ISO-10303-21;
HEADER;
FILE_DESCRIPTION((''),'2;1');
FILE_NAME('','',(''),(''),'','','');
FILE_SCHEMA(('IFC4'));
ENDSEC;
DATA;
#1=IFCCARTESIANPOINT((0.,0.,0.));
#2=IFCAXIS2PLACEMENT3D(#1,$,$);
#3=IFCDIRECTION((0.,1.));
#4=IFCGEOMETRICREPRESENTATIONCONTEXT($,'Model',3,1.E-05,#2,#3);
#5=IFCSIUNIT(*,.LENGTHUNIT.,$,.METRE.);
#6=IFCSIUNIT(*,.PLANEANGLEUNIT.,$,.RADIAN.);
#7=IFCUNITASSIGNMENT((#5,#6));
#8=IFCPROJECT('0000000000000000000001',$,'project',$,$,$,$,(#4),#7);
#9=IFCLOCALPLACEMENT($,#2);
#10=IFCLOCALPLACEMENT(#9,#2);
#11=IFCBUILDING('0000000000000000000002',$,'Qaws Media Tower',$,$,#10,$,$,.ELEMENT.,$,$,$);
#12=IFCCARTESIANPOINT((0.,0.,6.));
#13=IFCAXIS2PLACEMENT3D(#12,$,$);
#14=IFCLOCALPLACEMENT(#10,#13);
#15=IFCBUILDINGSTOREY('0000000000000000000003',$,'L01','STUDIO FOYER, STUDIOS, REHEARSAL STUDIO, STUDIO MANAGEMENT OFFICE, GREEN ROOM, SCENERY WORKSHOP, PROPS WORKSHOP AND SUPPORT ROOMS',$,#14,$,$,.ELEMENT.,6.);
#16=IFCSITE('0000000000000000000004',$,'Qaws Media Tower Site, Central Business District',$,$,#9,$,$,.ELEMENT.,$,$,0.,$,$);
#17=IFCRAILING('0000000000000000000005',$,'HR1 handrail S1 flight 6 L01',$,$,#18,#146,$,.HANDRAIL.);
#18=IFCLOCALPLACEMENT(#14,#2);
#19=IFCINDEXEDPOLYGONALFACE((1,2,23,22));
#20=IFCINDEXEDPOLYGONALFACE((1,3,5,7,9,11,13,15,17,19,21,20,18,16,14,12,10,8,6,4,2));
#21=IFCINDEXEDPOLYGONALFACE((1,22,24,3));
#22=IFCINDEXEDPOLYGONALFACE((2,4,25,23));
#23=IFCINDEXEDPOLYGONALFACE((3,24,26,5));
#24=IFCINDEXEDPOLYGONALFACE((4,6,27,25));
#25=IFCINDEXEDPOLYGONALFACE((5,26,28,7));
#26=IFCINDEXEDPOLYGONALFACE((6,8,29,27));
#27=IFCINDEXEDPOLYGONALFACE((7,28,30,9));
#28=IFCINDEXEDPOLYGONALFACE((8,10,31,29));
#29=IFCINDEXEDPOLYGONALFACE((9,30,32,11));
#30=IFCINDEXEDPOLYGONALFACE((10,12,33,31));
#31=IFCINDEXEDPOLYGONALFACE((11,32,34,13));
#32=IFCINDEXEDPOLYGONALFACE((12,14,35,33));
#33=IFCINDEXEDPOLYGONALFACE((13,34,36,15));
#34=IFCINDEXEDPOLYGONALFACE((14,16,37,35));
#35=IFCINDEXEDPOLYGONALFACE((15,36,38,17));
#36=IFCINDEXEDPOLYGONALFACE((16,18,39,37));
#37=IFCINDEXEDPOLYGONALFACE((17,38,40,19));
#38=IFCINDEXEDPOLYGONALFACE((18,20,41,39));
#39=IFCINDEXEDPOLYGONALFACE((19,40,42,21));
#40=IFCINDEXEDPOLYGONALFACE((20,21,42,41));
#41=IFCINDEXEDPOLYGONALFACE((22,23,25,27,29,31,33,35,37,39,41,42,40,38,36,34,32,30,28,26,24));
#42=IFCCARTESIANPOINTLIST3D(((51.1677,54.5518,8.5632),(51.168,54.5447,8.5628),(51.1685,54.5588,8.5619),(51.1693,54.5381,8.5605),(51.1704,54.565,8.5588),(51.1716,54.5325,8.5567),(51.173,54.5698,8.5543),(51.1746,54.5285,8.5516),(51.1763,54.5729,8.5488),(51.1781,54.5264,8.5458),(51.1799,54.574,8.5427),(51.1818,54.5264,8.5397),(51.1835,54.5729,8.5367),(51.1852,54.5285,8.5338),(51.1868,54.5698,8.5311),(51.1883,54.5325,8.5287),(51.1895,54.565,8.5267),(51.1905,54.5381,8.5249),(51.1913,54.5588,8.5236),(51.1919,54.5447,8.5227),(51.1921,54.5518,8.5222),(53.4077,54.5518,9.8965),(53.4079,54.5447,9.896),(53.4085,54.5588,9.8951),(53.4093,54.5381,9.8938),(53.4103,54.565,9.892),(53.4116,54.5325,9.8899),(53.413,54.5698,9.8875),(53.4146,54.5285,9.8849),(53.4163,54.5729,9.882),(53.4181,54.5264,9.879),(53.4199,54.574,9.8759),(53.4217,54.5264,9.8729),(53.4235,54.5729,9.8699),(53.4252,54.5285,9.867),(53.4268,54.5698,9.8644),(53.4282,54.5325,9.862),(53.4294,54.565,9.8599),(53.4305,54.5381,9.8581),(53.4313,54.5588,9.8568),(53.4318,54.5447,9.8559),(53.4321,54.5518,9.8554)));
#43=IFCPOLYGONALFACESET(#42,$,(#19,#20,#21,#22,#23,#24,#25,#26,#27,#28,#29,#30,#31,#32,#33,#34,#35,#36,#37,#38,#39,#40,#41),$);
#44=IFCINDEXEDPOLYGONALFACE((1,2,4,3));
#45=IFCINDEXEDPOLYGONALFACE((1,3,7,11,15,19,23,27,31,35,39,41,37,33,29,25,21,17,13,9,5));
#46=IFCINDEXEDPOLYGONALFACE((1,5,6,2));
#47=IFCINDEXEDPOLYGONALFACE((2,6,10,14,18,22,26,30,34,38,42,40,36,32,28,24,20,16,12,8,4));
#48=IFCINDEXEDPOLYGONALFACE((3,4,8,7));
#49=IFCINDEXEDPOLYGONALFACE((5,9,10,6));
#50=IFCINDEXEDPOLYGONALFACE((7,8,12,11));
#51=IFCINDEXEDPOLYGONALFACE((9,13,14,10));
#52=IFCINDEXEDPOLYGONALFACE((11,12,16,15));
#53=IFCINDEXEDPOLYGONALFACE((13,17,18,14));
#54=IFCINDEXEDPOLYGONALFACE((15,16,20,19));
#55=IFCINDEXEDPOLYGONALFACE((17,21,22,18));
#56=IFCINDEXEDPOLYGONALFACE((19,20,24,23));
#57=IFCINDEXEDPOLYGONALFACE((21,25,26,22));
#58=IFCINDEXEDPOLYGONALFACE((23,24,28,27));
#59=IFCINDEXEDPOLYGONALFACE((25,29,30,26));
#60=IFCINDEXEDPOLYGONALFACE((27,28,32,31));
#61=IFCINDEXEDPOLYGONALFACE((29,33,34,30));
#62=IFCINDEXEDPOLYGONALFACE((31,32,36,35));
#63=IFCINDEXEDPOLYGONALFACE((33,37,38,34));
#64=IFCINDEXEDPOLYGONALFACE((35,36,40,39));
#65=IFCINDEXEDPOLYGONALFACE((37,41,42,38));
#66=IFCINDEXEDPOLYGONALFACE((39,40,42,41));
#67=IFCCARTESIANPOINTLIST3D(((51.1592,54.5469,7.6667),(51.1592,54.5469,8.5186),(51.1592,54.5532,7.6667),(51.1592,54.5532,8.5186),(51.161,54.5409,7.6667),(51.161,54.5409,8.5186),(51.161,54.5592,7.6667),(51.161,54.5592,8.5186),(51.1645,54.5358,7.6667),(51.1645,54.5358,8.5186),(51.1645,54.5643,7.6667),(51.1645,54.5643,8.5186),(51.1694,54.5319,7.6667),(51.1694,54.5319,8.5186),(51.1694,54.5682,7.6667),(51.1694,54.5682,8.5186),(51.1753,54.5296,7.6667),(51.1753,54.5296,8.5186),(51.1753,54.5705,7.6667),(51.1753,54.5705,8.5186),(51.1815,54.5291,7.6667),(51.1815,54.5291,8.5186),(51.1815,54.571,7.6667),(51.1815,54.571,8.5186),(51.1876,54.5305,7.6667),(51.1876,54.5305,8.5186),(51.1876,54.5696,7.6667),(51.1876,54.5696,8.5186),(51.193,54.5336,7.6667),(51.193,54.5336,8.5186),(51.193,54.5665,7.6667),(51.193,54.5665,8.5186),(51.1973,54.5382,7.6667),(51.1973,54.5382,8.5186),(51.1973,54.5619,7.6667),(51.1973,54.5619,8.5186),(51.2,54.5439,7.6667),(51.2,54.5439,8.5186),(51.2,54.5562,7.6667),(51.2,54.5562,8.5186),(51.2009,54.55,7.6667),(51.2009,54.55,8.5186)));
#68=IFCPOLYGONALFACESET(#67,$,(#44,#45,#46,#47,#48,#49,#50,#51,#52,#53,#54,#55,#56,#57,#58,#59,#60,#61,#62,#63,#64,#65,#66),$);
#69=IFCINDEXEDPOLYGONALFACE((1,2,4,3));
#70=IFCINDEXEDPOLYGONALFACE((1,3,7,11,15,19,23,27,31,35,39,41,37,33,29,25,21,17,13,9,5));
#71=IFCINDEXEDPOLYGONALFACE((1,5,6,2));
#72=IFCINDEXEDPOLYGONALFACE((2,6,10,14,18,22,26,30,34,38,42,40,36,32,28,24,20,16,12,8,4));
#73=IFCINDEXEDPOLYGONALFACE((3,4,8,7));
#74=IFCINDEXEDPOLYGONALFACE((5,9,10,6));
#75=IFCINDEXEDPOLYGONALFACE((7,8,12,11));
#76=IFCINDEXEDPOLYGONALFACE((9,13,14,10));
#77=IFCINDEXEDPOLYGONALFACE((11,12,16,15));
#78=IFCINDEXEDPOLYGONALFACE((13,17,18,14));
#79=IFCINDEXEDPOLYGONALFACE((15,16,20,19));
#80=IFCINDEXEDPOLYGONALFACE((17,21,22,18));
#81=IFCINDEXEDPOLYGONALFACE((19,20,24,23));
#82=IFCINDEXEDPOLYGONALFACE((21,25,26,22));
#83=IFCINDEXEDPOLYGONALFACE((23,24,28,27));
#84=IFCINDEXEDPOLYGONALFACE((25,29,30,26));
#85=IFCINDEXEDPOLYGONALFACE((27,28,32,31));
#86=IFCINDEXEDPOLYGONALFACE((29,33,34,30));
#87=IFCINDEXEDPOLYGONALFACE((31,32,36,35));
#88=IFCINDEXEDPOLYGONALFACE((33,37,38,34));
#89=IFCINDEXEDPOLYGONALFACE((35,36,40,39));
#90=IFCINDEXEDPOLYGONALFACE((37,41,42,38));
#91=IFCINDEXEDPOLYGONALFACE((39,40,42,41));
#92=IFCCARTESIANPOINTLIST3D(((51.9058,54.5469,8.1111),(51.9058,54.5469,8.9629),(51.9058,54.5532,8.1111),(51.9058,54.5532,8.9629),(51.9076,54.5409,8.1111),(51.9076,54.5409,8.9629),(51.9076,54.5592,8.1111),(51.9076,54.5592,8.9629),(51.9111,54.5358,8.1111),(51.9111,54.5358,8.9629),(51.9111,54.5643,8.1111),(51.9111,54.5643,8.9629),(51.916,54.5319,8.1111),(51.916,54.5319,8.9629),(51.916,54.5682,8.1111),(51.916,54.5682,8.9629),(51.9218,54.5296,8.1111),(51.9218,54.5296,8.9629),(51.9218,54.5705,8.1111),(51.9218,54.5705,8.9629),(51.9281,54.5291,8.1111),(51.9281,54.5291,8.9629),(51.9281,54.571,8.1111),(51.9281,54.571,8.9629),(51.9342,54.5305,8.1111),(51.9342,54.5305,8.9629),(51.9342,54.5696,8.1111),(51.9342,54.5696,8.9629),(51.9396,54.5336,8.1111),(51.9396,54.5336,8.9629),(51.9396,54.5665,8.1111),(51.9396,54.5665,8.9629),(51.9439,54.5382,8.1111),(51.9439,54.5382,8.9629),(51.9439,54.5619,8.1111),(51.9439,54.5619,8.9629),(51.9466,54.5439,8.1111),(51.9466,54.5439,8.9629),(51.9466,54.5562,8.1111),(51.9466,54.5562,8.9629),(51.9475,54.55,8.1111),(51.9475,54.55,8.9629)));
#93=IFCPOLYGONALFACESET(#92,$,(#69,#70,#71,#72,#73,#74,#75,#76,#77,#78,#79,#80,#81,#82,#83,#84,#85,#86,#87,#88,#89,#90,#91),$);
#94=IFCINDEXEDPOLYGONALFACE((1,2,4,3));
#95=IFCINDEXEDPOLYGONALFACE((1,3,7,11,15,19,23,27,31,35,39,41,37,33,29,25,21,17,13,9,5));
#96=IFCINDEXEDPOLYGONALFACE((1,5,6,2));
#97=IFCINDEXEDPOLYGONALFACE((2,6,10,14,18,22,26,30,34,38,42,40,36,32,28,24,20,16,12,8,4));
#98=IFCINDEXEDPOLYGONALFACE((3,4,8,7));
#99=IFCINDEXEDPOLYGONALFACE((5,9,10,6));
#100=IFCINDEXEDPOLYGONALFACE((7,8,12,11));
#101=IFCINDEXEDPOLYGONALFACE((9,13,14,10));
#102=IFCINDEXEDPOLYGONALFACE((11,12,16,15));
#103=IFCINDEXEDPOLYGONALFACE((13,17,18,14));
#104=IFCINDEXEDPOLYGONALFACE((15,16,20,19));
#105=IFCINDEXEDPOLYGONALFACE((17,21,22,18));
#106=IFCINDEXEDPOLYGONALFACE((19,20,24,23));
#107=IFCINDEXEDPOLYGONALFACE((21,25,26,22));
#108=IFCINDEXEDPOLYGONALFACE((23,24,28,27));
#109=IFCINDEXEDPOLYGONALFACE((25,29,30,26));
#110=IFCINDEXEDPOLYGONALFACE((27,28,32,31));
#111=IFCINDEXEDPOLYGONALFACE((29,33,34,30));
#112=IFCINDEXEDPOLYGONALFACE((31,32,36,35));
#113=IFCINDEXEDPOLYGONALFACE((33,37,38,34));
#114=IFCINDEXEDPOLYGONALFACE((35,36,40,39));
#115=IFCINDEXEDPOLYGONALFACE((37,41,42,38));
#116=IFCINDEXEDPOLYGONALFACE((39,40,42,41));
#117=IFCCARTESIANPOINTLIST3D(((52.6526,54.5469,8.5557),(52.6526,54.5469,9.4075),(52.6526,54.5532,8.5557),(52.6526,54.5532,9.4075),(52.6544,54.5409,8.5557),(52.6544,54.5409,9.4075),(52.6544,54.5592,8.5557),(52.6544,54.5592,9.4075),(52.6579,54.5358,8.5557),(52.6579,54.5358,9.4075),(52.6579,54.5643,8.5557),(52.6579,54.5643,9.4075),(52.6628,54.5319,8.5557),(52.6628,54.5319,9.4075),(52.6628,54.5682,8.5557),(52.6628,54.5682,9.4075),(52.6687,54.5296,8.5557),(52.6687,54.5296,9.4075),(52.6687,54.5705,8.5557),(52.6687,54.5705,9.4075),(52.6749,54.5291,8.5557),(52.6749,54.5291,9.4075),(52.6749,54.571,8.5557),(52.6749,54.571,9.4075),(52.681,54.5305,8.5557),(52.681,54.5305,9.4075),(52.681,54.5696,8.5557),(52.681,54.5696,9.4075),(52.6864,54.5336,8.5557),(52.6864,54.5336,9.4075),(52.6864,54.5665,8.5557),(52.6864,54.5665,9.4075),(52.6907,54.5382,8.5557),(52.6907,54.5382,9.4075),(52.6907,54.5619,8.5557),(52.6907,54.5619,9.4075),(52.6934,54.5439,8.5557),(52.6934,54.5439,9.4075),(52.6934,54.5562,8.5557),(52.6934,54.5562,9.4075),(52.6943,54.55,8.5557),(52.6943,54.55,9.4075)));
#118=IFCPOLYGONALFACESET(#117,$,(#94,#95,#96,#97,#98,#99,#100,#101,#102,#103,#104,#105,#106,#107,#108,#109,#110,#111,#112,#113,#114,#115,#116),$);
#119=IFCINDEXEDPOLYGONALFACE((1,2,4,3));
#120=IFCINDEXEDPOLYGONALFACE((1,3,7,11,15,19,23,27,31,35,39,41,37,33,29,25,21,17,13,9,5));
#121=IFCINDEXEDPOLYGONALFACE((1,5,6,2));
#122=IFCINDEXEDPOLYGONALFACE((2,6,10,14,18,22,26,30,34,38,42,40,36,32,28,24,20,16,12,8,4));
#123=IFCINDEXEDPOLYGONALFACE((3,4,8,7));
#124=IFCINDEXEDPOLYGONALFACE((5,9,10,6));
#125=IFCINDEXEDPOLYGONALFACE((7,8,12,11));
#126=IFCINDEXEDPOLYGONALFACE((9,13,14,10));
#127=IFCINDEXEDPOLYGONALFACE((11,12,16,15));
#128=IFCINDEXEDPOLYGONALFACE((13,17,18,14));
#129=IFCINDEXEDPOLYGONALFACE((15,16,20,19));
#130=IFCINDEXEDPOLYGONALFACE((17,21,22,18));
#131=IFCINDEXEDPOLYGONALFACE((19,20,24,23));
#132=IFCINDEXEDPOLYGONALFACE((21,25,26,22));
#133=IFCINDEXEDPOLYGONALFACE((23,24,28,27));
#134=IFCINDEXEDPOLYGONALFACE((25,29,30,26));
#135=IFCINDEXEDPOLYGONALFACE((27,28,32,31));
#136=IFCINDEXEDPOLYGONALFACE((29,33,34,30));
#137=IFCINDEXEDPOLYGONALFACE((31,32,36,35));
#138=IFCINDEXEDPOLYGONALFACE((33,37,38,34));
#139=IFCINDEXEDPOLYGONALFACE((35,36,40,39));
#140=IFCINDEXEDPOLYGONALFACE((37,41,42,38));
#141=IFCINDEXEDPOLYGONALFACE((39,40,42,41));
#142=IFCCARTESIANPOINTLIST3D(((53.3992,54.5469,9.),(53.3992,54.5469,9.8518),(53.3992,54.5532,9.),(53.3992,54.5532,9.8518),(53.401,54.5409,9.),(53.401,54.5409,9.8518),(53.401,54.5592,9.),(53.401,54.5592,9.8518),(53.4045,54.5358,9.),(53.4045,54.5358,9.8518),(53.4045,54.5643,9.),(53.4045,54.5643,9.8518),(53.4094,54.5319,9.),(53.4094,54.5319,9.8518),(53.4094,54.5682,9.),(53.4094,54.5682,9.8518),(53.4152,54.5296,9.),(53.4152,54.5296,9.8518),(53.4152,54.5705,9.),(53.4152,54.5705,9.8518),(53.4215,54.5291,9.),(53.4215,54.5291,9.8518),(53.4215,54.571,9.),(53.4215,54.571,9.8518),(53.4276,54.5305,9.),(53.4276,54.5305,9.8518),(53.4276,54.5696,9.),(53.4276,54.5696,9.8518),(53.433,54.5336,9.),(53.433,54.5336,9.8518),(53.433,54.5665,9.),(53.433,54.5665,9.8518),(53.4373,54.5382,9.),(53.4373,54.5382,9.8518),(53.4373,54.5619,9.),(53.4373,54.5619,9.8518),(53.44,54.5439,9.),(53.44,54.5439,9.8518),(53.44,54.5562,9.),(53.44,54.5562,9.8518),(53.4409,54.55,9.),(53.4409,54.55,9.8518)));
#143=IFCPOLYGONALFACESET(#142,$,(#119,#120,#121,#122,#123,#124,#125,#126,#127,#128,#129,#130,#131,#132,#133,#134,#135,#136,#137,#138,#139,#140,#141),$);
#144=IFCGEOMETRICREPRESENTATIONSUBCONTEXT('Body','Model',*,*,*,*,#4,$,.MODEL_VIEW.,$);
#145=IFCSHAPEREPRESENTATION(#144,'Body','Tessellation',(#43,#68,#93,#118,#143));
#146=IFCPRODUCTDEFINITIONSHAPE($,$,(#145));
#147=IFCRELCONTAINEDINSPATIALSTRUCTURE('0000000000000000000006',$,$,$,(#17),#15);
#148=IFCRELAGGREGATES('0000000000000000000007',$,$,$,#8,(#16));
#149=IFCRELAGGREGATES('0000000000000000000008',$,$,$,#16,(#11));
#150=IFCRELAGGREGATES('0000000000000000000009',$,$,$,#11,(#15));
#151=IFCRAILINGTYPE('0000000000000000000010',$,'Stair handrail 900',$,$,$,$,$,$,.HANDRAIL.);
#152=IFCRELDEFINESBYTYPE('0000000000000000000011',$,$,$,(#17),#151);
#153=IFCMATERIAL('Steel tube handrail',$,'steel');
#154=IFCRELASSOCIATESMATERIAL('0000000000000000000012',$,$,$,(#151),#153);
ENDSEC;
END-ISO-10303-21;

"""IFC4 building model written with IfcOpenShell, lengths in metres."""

from ifc_helpers import new_model, si_unit, direction, frame, origin, origin_2d, place, context, subcontext, project, spatial, circle, extrude, material, type_object, element, save


model = new_model("IFC4")

# Units and contexts
model_context = context("Model", 3, precision=1e-05, world=origin(), true_north=direction((0.0, 1.0)))
body_context = subcontext(model_context, "Body", "Model", "MODEL_VIEW")
ifc_project = project(units=[si_unit("LENGTHUNIT", "METRE"), si_unit("PLANEANGLEUNIT", "RADIAN")], contexts=[model_context])

# Site, building, storey
site_placement = place(None, origin())
site = spatial("IfcSite", under=ifc_project, at=site_placement, Name="Qaws Media Tower Site, Central Business District", CompositionType="ELEMENT", RefElevation=0.0)
building_placement = place(site_placement, origin())
building = spatial("IfcBuilding", under=site, at=building_placement, Name="Qaws Media Tower", CompositionType="ELEMENT")
storey_placement = place(building_placement, frame((0.0, 0.0, 6.0)))
storey = spatial("IfcBuildingStorey", under=building, at=storey_placement, Name="L01", Description="STUDIO FOYER, STUDIOS, REHEARSAL STUDIO, STUDIO MANAGEMENT OFFICE, GREEN ROOM, SCENERY WORKSHOP, PROPS WORKSHOP AND SUPPORT ROOMS", CompositionType="ELEMENT", Elevation=6.0)

# Railing
ifc_material_1 = material(Name="Steel tube handrail", Category="steel")
railing_type = type_object("IfcRailingType", Name="Stair handrail 900", PredefinedType="HANDRAIL", material=ifc_material_1)
for number, where, name in (
    (1, (51.1799, 54.55, 7.6667), "HR1 handrail S1 flight 6 L01"),
):
    element("IfcRailing", number, at=place(storey_placement, frame(where)), inside=storey, type_object=railing_type, Name=name, PredefinedType="HANDRAIL", context=body_context, shape_type="SweptSolid", body=[
        extrude(circle(Radius=0.0239, at=origin_2d()), frame((0.0, 0.0, 0.876), z_axis=(0.859306, 0.0, 0.511462), x_axis=(0.0, 1.0, 0.0)), (0.0, 0.0, 1.0), 2.6067),
        extrude(circle(Radius=0.021, at=origin_2d()), origin(), (0.0, 0.0, 1.0), 0.8518),
        extrude(circle(Radius=0.021, at=origin_2d()), frame((0.7466, 0.0, 0.4443)), (0.0, 0.0, 1.0), 0.8518),
        extrude(circle(Radius=0.021, at=origin_2d()), frame((1.4934, 0.0, 0.8889)), (0.0, 0.0, 1.0), 0.8518),
        extrude(circle(Radius=0.021, at=origin_2d()), frame((2.24, 0.0, 1.3333)), (0.0, 0.0, 1.0), 0.8518),
    ])

save(model, "model.ifc")
